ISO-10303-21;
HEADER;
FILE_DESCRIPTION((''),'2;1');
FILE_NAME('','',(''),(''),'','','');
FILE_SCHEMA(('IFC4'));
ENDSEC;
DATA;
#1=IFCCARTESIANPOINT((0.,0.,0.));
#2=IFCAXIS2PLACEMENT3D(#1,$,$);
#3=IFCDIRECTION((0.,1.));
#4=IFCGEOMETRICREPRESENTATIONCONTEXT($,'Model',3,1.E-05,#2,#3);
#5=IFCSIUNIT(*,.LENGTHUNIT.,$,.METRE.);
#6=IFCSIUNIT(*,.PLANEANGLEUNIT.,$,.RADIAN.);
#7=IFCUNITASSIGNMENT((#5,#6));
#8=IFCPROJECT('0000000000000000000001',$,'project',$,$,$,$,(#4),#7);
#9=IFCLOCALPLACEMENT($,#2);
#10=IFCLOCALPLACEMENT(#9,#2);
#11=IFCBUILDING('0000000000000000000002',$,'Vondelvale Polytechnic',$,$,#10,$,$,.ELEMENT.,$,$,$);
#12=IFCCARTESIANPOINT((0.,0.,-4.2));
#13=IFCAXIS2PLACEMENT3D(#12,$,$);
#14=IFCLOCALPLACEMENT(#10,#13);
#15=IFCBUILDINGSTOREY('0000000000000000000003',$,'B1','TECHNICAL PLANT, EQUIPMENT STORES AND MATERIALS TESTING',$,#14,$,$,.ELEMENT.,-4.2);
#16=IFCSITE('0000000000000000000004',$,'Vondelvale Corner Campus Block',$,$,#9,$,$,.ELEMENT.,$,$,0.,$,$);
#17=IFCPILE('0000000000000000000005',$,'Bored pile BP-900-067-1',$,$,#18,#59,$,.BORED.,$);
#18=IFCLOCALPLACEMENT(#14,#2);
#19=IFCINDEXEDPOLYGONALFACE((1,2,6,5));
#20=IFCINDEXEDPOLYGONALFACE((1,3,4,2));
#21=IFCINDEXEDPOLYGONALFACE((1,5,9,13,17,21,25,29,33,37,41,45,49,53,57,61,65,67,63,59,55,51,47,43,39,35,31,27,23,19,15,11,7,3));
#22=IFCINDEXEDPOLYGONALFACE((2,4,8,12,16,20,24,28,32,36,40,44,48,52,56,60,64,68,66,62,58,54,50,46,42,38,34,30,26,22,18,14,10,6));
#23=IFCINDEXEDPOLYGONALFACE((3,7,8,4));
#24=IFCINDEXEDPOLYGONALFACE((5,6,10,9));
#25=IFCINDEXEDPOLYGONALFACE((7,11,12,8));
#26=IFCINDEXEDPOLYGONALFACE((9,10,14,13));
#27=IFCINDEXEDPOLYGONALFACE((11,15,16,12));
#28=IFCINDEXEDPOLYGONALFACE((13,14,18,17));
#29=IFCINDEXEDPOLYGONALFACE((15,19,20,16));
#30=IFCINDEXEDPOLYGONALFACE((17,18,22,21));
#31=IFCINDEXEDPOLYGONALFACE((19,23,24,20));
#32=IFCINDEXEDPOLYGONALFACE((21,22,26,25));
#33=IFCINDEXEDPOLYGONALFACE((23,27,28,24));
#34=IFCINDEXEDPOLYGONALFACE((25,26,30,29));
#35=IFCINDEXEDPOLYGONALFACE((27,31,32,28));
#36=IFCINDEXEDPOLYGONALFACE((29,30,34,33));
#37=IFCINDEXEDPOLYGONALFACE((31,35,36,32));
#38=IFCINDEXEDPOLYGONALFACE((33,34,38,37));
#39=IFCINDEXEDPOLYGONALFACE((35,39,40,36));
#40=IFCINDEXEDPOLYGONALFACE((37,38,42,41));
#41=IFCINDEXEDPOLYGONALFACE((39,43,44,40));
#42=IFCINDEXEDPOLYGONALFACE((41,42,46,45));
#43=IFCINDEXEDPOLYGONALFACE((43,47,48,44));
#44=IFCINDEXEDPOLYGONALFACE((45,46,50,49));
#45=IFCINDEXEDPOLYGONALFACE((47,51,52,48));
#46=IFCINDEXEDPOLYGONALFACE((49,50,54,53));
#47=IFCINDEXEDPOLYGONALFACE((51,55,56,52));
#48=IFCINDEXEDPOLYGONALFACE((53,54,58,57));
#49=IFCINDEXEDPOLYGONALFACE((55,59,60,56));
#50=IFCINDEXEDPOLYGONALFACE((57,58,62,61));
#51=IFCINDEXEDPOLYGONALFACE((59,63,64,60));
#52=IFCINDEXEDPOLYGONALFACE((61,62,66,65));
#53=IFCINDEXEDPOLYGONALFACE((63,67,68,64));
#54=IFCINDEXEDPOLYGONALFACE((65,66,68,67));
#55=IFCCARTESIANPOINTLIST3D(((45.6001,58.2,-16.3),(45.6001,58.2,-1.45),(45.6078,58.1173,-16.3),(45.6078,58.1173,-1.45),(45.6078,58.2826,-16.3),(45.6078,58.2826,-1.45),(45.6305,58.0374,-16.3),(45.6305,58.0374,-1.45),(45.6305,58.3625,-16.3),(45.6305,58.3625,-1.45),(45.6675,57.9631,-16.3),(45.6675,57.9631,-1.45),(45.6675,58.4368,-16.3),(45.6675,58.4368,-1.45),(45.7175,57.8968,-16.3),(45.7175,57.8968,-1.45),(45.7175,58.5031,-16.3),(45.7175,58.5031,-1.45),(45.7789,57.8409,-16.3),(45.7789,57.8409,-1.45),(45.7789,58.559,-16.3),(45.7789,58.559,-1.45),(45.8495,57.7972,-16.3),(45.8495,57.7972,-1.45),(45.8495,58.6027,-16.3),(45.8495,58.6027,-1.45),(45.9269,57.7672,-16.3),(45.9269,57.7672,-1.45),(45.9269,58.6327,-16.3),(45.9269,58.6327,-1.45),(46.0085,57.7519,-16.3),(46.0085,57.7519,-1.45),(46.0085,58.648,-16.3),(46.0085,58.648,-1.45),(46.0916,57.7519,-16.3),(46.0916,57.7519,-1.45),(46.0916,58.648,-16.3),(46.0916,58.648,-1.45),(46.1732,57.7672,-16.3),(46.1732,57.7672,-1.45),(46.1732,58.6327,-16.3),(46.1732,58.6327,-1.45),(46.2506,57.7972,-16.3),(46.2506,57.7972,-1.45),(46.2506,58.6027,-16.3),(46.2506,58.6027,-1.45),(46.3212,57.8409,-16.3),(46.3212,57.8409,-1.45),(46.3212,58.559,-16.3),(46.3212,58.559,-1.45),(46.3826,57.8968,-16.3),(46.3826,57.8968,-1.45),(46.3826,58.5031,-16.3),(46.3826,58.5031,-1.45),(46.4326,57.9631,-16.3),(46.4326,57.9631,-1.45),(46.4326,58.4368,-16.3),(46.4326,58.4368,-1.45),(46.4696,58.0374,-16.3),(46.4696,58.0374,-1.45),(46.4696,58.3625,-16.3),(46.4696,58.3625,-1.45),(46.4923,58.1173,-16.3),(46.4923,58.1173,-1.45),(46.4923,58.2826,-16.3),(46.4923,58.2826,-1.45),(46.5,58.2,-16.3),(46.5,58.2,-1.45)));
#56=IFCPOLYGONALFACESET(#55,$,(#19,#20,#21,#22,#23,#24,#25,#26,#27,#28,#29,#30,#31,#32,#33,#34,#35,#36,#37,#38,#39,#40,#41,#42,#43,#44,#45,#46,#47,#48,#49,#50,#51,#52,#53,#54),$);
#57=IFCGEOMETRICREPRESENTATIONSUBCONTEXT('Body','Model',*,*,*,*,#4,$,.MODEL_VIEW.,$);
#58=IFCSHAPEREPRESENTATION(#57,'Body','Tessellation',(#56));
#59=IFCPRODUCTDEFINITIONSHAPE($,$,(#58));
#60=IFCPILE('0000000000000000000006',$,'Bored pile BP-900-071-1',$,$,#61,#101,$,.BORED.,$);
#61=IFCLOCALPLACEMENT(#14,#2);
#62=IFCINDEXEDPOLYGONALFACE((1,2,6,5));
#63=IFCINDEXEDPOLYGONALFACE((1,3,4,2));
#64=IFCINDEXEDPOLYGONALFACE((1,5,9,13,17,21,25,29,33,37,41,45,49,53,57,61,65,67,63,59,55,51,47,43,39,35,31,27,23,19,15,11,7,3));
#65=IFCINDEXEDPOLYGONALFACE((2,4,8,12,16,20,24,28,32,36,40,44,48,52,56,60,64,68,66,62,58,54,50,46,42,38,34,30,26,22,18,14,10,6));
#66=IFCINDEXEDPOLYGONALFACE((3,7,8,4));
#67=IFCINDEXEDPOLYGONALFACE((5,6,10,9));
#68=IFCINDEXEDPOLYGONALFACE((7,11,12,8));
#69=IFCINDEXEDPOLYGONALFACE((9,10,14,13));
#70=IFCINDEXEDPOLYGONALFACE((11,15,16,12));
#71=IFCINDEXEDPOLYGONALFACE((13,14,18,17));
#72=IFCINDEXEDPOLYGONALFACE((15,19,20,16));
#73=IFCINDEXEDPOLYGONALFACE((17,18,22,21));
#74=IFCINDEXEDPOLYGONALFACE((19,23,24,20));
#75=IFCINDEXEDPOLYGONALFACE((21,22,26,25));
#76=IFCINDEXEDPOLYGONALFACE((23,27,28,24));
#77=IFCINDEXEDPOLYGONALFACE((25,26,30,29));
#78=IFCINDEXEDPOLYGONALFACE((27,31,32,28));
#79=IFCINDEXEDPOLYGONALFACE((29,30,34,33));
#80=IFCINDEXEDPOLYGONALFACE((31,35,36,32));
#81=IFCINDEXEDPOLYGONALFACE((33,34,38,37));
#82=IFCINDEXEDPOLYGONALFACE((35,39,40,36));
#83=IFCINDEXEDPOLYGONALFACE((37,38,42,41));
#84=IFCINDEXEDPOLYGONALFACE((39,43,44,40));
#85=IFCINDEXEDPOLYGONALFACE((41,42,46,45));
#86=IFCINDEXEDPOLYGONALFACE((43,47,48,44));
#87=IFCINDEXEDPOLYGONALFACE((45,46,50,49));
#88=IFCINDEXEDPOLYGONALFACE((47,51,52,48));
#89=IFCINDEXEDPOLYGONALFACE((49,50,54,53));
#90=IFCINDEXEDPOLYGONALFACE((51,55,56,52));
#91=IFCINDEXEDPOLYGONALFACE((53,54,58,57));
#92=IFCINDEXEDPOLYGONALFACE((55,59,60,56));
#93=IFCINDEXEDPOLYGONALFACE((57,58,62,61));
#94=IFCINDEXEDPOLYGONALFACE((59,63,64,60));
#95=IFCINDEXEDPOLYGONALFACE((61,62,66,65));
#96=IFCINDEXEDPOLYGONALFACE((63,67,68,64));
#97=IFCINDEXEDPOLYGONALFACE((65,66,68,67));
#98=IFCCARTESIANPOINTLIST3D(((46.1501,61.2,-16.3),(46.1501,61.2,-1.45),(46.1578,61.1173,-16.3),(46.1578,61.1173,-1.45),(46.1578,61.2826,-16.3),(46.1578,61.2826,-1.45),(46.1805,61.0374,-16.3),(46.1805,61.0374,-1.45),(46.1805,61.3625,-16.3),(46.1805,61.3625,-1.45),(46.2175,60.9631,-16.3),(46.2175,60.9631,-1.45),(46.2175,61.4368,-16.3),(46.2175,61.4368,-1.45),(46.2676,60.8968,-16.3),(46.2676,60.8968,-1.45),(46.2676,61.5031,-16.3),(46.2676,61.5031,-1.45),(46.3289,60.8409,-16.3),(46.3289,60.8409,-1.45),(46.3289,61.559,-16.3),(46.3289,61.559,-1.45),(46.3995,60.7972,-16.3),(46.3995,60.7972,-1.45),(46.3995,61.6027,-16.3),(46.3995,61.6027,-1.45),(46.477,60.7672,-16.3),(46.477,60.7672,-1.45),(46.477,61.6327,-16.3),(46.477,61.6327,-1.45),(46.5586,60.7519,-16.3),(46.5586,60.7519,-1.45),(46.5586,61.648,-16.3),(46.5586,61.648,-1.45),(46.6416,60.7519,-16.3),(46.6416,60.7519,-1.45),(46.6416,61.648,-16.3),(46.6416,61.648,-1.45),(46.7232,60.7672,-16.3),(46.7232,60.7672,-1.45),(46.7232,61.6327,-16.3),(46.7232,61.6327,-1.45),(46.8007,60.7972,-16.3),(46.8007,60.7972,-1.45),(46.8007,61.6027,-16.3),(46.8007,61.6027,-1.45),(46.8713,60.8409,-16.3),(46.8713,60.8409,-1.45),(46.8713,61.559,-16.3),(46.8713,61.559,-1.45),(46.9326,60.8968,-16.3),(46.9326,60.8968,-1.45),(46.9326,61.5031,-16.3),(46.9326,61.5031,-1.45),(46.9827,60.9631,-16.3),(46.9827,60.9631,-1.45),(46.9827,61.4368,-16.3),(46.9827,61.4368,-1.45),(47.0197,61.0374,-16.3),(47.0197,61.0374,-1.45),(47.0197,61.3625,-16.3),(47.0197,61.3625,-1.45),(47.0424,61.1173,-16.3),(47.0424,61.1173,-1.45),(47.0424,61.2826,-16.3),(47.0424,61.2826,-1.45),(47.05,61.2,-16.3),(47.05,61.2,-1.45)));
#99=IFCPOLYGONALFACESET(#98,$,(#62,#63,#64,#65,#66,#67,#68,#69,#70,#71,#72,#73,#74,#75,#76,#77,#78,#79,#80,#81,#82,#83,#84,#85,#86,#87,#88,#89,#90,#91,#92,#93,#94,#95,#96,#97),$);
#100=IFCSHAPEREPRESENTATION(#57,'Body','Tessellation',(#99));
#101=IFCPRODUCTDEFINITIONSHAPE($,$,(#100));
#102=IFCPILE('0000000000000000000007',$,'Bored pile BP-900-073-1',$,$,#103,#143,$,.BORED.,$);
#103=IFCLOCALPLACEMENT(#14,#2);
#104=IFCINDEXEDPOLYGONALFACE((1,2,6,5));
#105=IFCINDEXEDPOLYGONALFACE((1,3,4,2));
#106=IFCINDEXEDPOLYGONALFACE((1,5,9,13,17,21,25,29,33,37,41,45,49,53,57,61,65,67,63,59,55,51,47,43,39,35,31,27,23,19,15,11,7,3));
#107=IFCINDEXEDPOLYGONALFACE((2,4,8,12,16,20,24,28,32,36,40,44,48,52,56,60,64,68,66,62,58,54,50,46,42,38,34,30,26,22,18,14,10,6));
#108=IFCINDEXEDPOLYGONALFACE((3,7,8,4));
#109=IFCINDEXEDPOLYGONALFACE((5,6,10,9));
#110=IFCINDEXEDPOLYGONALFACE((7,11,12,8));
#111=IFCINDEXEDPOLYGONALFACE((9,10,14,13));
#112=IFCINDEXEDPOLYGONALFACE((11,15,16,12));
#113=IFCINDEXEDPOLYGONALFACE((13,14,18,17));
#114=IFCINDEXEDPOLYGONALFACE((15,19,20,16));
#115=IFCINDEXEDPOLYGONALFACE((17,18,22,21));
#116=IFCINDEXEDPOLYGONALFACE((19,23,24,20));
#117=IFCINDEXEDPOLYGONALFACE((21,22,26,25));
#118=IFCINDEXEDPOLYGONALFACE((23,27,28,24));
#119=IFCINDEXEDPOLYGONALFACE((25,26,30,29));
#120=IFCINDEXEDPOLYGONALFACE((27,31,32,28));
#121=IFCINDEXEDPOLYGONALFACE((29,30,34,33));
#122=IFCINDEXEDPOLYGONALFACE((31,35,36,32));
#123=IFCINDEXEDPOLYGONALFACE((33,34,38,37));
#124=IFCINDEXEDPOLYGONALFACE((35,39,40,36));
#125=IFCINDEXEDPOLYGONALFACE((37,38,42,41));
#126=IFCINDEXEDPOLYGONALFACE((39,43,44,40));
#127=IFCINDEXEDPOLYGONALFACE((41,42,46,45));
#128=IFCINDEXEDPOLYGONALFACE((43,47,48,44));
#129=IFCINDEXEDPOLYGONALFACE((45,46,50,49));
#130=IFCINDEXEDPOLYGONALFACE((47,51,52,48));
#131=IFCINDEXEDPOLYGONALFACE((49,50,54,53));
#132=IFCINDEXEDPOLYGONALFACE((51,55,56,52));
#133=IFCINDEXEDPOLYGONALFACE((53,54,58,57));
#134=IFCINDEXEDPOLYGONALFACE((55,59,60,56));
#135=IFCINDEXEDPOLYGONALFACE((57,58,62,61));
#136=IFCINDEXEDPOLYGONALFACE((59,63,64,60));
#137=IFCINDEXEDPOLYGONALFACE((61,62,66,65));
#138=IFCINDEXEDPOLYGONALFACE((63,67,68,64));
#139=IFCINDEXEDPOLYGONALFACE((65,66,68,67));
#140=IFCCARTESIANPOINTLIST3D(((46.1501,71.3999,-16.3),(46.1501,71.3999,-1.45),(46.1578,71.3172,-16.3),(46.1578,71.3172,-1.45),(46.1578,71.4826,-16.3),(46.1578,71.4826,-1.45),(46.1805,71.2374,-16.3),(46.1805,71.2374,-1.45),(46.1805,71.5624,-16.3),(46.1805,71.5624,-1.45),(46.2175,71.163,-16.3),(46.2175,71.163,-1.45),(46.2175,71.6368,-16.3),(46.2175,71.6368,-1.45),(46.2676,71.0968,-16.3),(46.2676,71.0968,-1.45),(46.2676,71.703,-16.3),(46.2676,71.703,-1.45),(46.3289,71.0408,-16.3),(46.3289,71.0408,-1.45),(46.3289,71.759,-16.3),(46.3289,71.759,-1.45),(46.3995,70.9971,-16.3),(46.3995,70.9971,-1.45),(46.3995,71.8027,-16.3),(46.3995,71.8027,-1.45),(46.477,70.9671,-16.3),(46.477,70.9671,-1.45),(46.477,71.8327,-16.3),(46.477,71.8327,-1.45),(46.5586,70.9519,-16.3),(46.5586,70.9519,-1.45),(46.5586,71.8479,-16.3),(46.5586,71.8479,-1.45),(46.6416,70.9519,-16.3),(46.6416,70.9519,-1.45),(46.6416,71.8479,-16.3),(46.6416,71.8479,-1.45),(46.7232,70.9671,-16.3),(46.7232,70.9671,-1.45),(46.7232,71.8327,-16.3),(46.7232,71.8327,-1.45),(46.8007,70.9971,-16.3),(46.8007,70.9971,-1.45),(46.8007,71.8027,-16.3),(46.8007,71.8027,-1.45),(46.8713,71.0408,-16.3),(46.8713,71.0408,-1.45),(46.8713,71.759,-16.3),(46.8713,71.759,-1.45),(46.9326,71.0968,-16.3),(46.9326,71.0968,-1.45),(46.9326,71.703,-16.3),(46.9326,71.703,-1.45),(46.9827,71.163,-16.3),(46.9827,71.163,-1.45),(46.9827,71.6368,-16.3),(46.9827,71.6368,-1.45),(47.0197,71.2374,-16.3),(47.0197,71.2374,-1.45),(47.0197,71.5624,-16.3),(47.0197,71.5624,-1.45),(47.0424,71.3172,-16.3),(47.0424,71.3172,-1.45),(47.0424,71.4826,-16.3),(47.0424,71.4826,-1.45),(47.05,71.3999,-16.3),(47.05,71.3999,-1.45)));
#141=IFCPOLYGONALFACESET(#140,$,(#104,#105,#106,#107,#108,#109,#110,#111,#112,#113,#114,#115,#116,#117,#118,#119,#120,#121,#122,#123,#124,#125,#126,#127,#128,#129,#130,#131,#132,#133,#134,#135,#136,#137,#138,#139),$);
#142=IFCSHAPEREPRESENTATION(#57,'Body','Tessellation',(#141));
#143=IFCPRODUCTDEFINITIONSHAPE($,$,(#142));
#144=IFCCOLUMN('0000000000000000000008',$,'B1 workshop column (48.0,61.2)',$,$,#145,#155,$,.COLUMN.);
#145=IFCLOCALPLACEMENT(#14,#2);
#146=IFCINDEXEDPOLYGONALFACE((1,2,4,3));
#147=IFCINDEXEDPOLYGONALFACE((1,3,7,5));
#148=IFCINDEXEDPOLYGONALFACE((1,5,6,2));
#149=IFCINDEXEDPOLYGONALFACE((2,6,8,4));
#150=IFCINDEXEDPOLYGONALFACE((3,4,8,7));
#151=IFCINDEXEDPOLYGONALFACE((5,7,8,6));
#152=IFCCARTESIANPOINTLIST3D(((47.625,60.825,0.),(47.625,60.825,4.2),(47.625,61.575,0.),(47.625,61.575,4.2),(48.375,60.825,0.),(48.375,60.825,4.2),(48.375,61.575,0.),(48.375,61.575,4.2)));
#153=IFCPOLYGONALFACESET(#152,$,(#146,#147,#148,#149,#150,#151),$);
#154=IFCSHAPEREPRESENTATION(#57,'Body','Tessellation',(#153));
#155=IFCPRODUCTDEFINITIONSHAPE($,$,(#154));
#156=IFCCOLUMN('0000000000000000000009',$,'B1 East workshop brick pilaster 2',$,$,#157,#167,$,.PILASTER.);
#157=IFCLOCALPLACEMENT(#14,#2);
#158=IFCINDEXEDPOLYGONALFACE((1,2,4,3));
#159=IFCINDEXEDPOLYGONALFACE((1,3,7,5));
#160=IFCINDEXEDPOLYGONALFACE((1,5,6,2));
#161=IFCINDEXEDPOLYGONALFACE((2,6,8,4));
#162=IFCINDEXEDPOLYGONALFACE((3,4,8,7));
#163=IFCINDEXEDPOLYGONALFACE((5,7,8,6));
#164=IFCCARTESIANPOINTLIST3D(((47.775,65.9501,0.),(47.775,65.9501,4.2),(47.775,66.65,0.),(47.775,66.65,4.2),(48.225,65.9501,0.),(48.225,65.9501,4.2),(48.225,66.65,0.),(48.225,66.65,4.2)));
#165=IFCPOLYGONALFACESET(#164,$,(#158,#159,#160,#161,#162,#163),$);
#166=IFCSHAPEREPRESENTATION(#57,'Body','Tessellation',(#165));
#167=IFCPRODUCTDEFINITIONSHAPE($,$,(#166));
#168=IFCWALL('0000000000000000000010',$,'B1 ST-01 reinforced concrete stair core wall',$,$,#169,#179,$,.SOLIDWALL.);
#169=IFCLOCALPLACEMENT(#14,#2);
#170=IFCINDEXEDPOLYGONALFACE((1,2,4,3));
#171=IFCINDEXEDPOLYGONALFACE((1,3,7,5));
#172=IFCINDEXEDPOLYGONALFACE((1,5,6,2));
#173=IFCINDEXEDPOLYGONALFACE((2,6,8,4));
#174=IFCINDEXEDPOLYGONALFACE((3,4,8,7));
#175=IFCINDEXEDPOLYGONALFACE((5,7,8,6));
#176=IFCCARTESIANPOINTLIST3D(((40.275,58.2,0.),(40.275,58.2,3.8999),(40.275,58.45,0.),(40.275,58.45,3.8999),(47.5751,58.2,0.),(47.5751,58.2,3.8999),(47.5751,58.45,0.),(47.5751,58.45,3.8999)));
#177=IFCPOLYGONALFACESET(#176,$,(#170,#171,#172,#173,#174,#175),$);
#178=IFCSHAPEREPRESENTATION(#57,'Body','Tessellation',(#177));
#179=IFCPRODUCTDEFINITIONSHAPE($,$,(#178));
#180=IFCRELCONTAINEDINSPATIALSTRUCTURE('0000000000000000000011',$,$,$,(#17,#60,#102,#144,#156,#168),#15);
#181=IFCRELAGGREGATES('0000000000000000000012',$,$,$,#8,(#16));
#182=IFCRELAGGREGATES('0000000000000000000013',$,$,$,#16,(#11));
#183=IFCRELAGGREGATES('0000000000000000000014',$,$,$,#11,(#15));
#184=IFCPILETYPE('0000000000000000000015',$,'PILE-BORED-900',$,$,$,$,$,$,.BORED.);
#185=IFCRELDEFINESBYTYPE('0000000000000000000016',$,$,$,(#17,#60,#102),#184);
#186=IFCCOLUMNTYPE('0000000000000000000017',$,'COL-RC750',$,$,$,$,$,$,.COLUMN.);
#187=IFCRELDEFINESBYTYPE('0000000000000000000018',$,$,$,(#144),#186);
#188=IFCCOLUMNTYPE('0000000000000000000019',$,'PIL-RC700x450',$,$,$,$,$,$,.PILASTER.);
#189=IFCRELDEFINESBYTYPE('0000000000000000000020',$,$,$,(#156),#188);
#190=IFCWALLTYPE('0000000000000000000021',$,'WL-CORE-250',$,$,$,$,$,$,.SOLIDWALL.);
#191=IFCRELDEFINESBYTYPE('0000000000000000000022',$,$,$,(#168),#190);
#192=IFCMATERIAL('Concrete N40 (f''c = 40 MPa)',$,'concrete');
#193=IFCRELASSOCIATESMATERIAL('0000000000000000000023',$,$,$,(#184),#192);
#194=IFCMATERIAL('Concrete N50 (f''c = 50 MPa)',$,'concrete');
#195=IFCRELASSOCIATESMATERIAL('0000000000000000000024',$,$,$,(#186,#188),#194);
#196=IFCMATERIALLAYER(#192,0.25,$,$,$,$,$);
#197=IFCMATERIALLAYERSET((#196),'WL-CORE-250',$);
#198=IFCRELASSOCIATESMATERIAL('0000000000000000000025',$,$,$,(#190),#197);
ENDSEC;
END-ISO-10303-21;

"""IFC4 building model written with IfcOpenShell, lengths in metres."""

from ifc_helpers import new_model, si_unit, direction, frame, frame_2d, origin, origin_2d, place, context, subcontext, project, spatial, rectangle, circle, extrude, material, layer, layer_set, material_profile, profile_set, type_object, element, save


model = new_model("IFC4")

# Units and contexts
model_context = context("Model", 3, precision=1e-05, world=origin(), true_north=direction((0.0, 1.0)))
body_context = subcontext(model_context, "Body", "Model", "MODEL_VIEW")
ifc_project = project(units=[si_unit("LENGTHUNIT", "METRE"), si_unit("PLANEANGLEUNIT", "RADIAN")], contexts=[model_context])

# Site, building, storey
site_placement = place(None, origin())
site = spatial("IfcSite", under=ifc_project, at=site_placement, Name="Vondelvale Corner Campus Block", CompositionType="ELEMENT", RefElevation=0.0)
building_placement = place(site_placement, origin())
building = spatial("IfcBuilding", under=site, at=building_placement, Name="Vondelvale Polytechnic", CompositionType="ELEMENT")
storey_placement = place(building_placement, frame((0.0, 0.0, -4.2)))
storey = spatial("IfcBuildingStorey", under=building, at=storey_placement, Name="B1", Description="TECHNICAL PLANT, EQUIPMENT STORES AND MATERIALS TESTING", CompositionType="ELEMENT", Elevation=-4.2)

# Shared definitions
ifc_material_1 = material(Name="Concrete N40 (f'c = 40 MPa)", Category="concrete")

# Piles
ifc_material_profile_1 = material_profile(ifc_material_1, circle(Radius=0.45, at=origin_2d()), Name="PILE-D900")
ifc_profile_set_1 = profile_set([ifc_material_profile_1], Name="Concrete N40 (f'c = 40 MPa)")
pile_type_1 = type_object("IfcPileType", Name="PILE-BORED-900", PredefinedType="BORED", material=ifc_profile_set_1)
for number, where, z_axis, x_axis, name in (
    (1, (46.05, 58.2, -1.45), (0.0, 0.0, -1.0), (1.0, 0.0, 0.0), "Bored pile BP-900-067-1"),
    (2, (46.6001, 61.2, -1.45), (0.0, 0.0, -1.0), (1.0, 0.0, 0.0), "Bored pile BP-900-071-1"),
    (3, (46.6001, 71.3999, -1.45), (0.0, 0.0, -1.0), (1.0, 0.0, 0.0), "Bored pile BP-900-073-1"),
):
    element("IfcPile", number, at=place(storey_placement, frame(where, z_axis=z_axis, x_axis=x_axis)), inside=storey, type_object=pile_type_1, Name=name, PredefinedType="BORED", context=body_context, shape_type="SweptSolid", body=[
        extrude(circle(Radius=0.45, at=origin_2d()), origin(), (0.0, 0.0, 1.0), 14.8501),
    ])

# Columns
ifc_material_2 = material(Name="Concrete N50 (f'c = 50 MPa)", Category="concrete")
ifc_material_profile_2 = material_profile(ifc_material_2, rectangle(XDim=0.75, YDim=0.75, at=origin_2d()), Name="RC-COL-750x750")
ifc_profile_set_2 = profile_set([ifc_material_profile_2], Name="Concrete N50 (f'c = 50 MPa)")
column_type_1 = type_object("IfcColumnType", Name="COL-RC750", PredefinedType="COLUMN", material=ifc_profile_set_2)
column_1_placement = place(storey_placement, frame((48.0, 61.2, 0.0), z_axis=(0.0, 0.0, 1.0), x_axis=(1.0, 0.0, 0.0)))
element("IfcColumn", 4, at=column_1_placement, inside=storey, type_object=column_type_1, Name="B1 workshop column (48.0,61.2)", PredefinedType="COLUMN", context=body_context, shape_type="SweptSolid", body=[
    extrude(rectangle(XDim=0.75, YDim=0.75, at=origin_2d()), origin(), (0.0, 0.0, 1.0), 4.2),
])
ifc_material_profile_3 = material_profile(ifc_material_2, rectangle(XDim=0.45, YDim=0.7, at=origin_2d()), Name="RC-PIL-700x450")
ifc_profile_set_3 = profile_set([ifc_material_profile_3], Name="Concrete N50 (f'c = 50 MPa)")
column_type_2 = type_object("IfcColumnType", Name="PIL-RC700x450", PredefinedType="PILASTER", material=ifc_profile_set_3)
column_2_placement = place(storey_placement, frame((48.0, 66.3, 0.0), z_axis=(0.0, 0.0, 1.0), x_axis=(1.0, 0.0, 0.0)))
element("IfcColumn", 5, at=column_2_placement, inside=storey, type_object=column_type_2, Name="B1 East workshop brick pilaster 2", PredefinedType="PILASTER", context=body_context, shape_type="SweptSolid", body=[
    extrude(rectangle(XDim=0.45, YDim=0.7, at=origin_2d()), origin(), (0.0, 0.0, 1.0), 4.2),
])

# Wall
ifc_layer_1 = layer(ifc_material_1, 0.25)
ifc_layer_set_1 = layer_set([ifc_layer_1], Name="WL-CORE-250")
wall_type_1 = type_object("IfcWallType", Name="WL-CORE-250", PredefinedType="SOLIDWALL", material=ifc_layer_set_1)
wall_1_placement = place(storey_placement, frame((47.575, 58.325, 0.0), z_axis=(0.0, 0.0, 1.0), x_axis=(-1.0, 0.0, 0.0)))
element("IfcWall", 6, at=wall_1_placement, inside=storey, type_object=wall_type_1, Name="B1 ST-01 reinforced concrete stair core wall", PredefinedType="SOLIDWALL", context=body_context, shape_type="SweptSolid", body=[
    extrude(rectangle(XDim=7.3, YDim=0.25, at=frame_2d((3.6499, 0.0))), origin(), (0.0, 0.0, 1.0), 3.8999),
])

save(model, "model.ifc")
